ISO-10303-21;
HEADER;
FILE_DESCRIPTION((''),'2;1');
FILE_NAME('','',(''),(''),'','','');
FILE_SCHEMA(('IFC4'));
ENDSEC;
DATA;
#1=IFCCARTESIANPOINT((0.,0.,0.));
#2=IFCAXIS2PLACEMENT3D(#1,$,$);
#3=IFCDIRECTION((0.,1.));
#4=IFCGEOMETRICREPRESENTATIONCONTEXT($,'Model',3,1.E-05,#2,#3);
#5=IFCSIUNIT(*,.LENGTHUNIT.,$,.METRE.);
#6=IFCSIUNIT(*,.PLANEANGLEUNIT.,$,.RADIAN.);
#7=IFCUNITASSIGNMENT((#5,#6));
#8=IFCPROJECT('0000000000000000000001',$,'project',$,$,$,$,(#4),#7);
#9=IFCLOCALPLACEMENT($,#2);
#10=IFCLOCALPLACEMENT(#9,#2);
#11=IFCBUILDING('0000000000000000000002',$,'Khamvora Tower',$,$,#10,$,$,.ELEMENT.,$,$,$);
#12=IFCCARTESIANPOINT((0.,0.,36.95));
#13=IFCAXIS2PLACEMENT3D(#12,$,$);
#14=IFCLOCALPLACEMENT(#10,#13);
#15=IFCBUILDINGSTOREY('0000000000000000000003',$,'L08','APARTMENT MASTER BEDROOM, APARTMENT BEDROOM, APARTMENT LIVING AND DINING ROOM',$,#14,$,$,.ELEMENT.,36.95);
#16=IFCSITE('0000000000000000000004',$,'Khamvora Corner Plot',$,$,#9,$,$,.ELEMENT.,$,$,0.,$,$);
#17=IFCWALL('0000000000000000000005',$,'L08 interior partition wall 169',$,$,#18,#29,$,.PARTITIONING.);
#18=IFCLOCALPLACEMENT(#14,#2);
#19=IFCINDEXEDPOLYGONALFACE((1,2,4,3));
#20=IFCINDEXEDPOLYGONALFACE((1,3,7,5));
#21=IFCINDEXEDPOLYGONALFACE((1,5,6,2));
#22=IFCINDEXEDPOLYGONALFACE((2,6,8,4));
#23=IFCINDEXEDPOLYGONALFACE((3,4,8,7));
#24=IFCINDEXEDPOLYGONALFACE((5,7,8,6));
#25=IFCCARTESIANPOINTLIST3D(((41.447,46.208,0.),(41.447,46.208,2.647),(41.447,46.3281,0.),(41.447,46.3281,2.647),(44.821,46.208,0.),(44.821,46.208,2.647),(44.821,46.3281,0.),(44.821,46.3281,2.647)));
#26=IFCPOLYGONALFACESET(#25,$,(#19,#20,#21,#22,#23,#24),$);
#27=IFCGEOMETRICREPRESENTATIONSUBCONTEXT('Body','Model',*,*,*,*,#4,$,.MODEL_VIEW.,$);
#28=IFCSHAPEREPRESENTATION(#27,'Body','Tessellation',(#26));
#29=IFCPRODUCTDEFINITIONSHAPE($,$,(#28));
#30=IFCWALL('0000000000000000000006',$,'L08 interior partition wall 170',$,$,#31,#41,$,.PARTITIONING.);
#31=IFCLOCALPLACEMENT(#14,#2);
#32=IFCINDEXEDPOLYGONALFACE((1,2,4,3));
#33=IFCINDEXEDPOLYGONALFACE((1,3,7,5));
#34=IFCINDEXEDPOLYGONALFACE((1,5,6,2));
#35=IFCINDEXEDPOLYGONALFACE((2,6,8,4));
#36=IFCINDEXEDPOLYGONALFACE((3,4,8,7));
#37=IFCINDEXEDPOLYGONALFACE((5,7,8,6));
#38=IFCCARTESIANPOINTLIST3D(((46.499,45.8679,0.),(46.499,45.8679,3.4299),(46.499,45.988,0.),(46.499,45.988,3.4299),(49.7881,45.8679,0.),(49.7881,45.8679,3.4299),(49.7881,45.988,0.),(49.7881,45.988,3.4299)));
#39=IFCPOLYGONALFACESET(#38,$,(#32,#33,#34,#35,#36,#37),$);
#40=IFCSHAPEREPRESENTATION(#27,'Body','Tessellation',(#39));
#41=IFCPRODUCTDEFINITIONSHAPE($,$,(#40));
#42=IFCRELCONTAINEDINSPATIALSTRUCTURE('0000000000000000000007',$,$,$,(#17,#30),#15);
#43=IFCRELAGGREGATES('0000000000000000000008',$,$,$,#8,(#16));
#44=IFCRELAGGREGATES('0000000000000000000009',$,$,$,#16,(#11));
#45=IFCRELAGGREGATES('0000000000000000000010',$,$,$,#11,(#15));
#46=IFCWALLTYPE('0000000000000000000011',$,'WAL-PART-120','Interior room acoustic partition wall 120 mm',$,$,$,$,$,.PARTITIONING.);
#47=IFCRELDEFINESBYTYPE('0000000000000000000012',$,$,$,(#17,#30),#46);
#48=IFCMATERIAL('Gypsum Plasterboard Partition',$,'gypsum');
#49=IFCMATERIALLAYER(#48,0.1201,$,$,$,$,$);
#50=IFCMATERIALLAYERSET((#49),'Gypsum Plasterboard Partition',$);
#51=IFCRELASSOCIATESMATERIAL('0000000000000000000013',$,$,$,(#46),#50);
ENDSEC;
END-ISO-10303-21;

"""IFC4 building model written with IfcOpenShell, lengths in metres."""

from ifc_helpers import new_model, si_unit, direction, frame, frame_2d, origin, place, context, subcontext, project, spatial, rectangle, extrude, material, layer, layer_set, type_object, element, save


model = new_model("IFC4")

# Units and contexts
model_context = context("Model", 3, precision=1e-05, world=origin(), true_north=direction((0.0, 1.0)))
body_context = subcontext(model_context, "Body", "Model", "MODEL_VIEW")
ifc_project = project(units=[si_unit("LENGTHUNIT", "METRE"), si_unit("PLANEANGLEUNIT", "RADIAN")], contexts=[model_context])

# Site, building, storey
site_placement = place(None, origin())
site = spatial("IfcSite", under=ifc_project, at=site_placement, Name="Khamvora Corner Plot", CompositionType="ELEMENT", RefElevation=0.0)
building_placement = place(site_placement, origin())
building = spatial("IfcBuilding", under=site, at=building_placement, Name="Khamvora Tower", CompositionType="ELEMENT")
storey_placement = place(building_placement, frame((0.0, 0.0, 36.95)))
storey = spatial("IfcBuildingStorey", under=building, at=storey_placement, Name="L08", Description="APARTMENT MASTER BEDROOM, APARTMENT BEDROOM, APARTMENT LIVING AND DINING ROOM", CompositionType="ELEMENT", Elevation=36.95)

# Shared definitions
ifc_material_1 = material(Name="Gypsum Plasterboard Partition", Category="gypsum")
ifc_layer_1 = layer(ifc_material_1, 0.1201)
ifc_layer_set_1 = layer_set([ifc_layer_1], Name="Gypsum Plasterboard Partition")
wall_type_1 = type_object("IfcWallType", Name="WAL-PART-120", Description="Interior room acoustic partition wall 120 mm", PredefinedType="PARTITIONING", material=ifc_layer_set_1)

# Walls
wall_1_placement = place(storey_placement, frame((41.447, 46.2681, 0.0), z_axis=(0.0, 0.0, 1.0), x_axis=(1.0, 0.0, 0.0)))
element("IfcWall", 1, at=wall_1_placement, inside=storey, type_object=wall_type_1, Name="L08 interior partition wall 169", PredefinedType="PARTITIONING", context=body_context, shape_type="SweptSolid", body=[
    extrude(rectangle(XDim=3.374, YDim=0.1201, at=frame_2d((1.687, 0.0))), origin(), (0.0, 0.0, 1.0), 2.647),
])
wall_2_placement = place(storey_placement, frame((46.499, 45.928, 0.0), z_axis=(0.0, 0.0, 1.0), x_axis=(1.0, 0.0, 0.0)))
element("IfcWall", 2, at=wall_2_placement, inside=storey, type_object=wall_type_1, Name="L08 interior partition wall 170", PredefinedType="PARTITIONING", context=body_context, shape_type="SweptSolid", body=[
    extrude(rectangle(XDim=3.2891, YDim=0.1201, at=frame_2d((1.6445, 0.0))), origin(), (0.0, 0.0, 1.0), 3.4299),
])

save(model, "model.ifc")
